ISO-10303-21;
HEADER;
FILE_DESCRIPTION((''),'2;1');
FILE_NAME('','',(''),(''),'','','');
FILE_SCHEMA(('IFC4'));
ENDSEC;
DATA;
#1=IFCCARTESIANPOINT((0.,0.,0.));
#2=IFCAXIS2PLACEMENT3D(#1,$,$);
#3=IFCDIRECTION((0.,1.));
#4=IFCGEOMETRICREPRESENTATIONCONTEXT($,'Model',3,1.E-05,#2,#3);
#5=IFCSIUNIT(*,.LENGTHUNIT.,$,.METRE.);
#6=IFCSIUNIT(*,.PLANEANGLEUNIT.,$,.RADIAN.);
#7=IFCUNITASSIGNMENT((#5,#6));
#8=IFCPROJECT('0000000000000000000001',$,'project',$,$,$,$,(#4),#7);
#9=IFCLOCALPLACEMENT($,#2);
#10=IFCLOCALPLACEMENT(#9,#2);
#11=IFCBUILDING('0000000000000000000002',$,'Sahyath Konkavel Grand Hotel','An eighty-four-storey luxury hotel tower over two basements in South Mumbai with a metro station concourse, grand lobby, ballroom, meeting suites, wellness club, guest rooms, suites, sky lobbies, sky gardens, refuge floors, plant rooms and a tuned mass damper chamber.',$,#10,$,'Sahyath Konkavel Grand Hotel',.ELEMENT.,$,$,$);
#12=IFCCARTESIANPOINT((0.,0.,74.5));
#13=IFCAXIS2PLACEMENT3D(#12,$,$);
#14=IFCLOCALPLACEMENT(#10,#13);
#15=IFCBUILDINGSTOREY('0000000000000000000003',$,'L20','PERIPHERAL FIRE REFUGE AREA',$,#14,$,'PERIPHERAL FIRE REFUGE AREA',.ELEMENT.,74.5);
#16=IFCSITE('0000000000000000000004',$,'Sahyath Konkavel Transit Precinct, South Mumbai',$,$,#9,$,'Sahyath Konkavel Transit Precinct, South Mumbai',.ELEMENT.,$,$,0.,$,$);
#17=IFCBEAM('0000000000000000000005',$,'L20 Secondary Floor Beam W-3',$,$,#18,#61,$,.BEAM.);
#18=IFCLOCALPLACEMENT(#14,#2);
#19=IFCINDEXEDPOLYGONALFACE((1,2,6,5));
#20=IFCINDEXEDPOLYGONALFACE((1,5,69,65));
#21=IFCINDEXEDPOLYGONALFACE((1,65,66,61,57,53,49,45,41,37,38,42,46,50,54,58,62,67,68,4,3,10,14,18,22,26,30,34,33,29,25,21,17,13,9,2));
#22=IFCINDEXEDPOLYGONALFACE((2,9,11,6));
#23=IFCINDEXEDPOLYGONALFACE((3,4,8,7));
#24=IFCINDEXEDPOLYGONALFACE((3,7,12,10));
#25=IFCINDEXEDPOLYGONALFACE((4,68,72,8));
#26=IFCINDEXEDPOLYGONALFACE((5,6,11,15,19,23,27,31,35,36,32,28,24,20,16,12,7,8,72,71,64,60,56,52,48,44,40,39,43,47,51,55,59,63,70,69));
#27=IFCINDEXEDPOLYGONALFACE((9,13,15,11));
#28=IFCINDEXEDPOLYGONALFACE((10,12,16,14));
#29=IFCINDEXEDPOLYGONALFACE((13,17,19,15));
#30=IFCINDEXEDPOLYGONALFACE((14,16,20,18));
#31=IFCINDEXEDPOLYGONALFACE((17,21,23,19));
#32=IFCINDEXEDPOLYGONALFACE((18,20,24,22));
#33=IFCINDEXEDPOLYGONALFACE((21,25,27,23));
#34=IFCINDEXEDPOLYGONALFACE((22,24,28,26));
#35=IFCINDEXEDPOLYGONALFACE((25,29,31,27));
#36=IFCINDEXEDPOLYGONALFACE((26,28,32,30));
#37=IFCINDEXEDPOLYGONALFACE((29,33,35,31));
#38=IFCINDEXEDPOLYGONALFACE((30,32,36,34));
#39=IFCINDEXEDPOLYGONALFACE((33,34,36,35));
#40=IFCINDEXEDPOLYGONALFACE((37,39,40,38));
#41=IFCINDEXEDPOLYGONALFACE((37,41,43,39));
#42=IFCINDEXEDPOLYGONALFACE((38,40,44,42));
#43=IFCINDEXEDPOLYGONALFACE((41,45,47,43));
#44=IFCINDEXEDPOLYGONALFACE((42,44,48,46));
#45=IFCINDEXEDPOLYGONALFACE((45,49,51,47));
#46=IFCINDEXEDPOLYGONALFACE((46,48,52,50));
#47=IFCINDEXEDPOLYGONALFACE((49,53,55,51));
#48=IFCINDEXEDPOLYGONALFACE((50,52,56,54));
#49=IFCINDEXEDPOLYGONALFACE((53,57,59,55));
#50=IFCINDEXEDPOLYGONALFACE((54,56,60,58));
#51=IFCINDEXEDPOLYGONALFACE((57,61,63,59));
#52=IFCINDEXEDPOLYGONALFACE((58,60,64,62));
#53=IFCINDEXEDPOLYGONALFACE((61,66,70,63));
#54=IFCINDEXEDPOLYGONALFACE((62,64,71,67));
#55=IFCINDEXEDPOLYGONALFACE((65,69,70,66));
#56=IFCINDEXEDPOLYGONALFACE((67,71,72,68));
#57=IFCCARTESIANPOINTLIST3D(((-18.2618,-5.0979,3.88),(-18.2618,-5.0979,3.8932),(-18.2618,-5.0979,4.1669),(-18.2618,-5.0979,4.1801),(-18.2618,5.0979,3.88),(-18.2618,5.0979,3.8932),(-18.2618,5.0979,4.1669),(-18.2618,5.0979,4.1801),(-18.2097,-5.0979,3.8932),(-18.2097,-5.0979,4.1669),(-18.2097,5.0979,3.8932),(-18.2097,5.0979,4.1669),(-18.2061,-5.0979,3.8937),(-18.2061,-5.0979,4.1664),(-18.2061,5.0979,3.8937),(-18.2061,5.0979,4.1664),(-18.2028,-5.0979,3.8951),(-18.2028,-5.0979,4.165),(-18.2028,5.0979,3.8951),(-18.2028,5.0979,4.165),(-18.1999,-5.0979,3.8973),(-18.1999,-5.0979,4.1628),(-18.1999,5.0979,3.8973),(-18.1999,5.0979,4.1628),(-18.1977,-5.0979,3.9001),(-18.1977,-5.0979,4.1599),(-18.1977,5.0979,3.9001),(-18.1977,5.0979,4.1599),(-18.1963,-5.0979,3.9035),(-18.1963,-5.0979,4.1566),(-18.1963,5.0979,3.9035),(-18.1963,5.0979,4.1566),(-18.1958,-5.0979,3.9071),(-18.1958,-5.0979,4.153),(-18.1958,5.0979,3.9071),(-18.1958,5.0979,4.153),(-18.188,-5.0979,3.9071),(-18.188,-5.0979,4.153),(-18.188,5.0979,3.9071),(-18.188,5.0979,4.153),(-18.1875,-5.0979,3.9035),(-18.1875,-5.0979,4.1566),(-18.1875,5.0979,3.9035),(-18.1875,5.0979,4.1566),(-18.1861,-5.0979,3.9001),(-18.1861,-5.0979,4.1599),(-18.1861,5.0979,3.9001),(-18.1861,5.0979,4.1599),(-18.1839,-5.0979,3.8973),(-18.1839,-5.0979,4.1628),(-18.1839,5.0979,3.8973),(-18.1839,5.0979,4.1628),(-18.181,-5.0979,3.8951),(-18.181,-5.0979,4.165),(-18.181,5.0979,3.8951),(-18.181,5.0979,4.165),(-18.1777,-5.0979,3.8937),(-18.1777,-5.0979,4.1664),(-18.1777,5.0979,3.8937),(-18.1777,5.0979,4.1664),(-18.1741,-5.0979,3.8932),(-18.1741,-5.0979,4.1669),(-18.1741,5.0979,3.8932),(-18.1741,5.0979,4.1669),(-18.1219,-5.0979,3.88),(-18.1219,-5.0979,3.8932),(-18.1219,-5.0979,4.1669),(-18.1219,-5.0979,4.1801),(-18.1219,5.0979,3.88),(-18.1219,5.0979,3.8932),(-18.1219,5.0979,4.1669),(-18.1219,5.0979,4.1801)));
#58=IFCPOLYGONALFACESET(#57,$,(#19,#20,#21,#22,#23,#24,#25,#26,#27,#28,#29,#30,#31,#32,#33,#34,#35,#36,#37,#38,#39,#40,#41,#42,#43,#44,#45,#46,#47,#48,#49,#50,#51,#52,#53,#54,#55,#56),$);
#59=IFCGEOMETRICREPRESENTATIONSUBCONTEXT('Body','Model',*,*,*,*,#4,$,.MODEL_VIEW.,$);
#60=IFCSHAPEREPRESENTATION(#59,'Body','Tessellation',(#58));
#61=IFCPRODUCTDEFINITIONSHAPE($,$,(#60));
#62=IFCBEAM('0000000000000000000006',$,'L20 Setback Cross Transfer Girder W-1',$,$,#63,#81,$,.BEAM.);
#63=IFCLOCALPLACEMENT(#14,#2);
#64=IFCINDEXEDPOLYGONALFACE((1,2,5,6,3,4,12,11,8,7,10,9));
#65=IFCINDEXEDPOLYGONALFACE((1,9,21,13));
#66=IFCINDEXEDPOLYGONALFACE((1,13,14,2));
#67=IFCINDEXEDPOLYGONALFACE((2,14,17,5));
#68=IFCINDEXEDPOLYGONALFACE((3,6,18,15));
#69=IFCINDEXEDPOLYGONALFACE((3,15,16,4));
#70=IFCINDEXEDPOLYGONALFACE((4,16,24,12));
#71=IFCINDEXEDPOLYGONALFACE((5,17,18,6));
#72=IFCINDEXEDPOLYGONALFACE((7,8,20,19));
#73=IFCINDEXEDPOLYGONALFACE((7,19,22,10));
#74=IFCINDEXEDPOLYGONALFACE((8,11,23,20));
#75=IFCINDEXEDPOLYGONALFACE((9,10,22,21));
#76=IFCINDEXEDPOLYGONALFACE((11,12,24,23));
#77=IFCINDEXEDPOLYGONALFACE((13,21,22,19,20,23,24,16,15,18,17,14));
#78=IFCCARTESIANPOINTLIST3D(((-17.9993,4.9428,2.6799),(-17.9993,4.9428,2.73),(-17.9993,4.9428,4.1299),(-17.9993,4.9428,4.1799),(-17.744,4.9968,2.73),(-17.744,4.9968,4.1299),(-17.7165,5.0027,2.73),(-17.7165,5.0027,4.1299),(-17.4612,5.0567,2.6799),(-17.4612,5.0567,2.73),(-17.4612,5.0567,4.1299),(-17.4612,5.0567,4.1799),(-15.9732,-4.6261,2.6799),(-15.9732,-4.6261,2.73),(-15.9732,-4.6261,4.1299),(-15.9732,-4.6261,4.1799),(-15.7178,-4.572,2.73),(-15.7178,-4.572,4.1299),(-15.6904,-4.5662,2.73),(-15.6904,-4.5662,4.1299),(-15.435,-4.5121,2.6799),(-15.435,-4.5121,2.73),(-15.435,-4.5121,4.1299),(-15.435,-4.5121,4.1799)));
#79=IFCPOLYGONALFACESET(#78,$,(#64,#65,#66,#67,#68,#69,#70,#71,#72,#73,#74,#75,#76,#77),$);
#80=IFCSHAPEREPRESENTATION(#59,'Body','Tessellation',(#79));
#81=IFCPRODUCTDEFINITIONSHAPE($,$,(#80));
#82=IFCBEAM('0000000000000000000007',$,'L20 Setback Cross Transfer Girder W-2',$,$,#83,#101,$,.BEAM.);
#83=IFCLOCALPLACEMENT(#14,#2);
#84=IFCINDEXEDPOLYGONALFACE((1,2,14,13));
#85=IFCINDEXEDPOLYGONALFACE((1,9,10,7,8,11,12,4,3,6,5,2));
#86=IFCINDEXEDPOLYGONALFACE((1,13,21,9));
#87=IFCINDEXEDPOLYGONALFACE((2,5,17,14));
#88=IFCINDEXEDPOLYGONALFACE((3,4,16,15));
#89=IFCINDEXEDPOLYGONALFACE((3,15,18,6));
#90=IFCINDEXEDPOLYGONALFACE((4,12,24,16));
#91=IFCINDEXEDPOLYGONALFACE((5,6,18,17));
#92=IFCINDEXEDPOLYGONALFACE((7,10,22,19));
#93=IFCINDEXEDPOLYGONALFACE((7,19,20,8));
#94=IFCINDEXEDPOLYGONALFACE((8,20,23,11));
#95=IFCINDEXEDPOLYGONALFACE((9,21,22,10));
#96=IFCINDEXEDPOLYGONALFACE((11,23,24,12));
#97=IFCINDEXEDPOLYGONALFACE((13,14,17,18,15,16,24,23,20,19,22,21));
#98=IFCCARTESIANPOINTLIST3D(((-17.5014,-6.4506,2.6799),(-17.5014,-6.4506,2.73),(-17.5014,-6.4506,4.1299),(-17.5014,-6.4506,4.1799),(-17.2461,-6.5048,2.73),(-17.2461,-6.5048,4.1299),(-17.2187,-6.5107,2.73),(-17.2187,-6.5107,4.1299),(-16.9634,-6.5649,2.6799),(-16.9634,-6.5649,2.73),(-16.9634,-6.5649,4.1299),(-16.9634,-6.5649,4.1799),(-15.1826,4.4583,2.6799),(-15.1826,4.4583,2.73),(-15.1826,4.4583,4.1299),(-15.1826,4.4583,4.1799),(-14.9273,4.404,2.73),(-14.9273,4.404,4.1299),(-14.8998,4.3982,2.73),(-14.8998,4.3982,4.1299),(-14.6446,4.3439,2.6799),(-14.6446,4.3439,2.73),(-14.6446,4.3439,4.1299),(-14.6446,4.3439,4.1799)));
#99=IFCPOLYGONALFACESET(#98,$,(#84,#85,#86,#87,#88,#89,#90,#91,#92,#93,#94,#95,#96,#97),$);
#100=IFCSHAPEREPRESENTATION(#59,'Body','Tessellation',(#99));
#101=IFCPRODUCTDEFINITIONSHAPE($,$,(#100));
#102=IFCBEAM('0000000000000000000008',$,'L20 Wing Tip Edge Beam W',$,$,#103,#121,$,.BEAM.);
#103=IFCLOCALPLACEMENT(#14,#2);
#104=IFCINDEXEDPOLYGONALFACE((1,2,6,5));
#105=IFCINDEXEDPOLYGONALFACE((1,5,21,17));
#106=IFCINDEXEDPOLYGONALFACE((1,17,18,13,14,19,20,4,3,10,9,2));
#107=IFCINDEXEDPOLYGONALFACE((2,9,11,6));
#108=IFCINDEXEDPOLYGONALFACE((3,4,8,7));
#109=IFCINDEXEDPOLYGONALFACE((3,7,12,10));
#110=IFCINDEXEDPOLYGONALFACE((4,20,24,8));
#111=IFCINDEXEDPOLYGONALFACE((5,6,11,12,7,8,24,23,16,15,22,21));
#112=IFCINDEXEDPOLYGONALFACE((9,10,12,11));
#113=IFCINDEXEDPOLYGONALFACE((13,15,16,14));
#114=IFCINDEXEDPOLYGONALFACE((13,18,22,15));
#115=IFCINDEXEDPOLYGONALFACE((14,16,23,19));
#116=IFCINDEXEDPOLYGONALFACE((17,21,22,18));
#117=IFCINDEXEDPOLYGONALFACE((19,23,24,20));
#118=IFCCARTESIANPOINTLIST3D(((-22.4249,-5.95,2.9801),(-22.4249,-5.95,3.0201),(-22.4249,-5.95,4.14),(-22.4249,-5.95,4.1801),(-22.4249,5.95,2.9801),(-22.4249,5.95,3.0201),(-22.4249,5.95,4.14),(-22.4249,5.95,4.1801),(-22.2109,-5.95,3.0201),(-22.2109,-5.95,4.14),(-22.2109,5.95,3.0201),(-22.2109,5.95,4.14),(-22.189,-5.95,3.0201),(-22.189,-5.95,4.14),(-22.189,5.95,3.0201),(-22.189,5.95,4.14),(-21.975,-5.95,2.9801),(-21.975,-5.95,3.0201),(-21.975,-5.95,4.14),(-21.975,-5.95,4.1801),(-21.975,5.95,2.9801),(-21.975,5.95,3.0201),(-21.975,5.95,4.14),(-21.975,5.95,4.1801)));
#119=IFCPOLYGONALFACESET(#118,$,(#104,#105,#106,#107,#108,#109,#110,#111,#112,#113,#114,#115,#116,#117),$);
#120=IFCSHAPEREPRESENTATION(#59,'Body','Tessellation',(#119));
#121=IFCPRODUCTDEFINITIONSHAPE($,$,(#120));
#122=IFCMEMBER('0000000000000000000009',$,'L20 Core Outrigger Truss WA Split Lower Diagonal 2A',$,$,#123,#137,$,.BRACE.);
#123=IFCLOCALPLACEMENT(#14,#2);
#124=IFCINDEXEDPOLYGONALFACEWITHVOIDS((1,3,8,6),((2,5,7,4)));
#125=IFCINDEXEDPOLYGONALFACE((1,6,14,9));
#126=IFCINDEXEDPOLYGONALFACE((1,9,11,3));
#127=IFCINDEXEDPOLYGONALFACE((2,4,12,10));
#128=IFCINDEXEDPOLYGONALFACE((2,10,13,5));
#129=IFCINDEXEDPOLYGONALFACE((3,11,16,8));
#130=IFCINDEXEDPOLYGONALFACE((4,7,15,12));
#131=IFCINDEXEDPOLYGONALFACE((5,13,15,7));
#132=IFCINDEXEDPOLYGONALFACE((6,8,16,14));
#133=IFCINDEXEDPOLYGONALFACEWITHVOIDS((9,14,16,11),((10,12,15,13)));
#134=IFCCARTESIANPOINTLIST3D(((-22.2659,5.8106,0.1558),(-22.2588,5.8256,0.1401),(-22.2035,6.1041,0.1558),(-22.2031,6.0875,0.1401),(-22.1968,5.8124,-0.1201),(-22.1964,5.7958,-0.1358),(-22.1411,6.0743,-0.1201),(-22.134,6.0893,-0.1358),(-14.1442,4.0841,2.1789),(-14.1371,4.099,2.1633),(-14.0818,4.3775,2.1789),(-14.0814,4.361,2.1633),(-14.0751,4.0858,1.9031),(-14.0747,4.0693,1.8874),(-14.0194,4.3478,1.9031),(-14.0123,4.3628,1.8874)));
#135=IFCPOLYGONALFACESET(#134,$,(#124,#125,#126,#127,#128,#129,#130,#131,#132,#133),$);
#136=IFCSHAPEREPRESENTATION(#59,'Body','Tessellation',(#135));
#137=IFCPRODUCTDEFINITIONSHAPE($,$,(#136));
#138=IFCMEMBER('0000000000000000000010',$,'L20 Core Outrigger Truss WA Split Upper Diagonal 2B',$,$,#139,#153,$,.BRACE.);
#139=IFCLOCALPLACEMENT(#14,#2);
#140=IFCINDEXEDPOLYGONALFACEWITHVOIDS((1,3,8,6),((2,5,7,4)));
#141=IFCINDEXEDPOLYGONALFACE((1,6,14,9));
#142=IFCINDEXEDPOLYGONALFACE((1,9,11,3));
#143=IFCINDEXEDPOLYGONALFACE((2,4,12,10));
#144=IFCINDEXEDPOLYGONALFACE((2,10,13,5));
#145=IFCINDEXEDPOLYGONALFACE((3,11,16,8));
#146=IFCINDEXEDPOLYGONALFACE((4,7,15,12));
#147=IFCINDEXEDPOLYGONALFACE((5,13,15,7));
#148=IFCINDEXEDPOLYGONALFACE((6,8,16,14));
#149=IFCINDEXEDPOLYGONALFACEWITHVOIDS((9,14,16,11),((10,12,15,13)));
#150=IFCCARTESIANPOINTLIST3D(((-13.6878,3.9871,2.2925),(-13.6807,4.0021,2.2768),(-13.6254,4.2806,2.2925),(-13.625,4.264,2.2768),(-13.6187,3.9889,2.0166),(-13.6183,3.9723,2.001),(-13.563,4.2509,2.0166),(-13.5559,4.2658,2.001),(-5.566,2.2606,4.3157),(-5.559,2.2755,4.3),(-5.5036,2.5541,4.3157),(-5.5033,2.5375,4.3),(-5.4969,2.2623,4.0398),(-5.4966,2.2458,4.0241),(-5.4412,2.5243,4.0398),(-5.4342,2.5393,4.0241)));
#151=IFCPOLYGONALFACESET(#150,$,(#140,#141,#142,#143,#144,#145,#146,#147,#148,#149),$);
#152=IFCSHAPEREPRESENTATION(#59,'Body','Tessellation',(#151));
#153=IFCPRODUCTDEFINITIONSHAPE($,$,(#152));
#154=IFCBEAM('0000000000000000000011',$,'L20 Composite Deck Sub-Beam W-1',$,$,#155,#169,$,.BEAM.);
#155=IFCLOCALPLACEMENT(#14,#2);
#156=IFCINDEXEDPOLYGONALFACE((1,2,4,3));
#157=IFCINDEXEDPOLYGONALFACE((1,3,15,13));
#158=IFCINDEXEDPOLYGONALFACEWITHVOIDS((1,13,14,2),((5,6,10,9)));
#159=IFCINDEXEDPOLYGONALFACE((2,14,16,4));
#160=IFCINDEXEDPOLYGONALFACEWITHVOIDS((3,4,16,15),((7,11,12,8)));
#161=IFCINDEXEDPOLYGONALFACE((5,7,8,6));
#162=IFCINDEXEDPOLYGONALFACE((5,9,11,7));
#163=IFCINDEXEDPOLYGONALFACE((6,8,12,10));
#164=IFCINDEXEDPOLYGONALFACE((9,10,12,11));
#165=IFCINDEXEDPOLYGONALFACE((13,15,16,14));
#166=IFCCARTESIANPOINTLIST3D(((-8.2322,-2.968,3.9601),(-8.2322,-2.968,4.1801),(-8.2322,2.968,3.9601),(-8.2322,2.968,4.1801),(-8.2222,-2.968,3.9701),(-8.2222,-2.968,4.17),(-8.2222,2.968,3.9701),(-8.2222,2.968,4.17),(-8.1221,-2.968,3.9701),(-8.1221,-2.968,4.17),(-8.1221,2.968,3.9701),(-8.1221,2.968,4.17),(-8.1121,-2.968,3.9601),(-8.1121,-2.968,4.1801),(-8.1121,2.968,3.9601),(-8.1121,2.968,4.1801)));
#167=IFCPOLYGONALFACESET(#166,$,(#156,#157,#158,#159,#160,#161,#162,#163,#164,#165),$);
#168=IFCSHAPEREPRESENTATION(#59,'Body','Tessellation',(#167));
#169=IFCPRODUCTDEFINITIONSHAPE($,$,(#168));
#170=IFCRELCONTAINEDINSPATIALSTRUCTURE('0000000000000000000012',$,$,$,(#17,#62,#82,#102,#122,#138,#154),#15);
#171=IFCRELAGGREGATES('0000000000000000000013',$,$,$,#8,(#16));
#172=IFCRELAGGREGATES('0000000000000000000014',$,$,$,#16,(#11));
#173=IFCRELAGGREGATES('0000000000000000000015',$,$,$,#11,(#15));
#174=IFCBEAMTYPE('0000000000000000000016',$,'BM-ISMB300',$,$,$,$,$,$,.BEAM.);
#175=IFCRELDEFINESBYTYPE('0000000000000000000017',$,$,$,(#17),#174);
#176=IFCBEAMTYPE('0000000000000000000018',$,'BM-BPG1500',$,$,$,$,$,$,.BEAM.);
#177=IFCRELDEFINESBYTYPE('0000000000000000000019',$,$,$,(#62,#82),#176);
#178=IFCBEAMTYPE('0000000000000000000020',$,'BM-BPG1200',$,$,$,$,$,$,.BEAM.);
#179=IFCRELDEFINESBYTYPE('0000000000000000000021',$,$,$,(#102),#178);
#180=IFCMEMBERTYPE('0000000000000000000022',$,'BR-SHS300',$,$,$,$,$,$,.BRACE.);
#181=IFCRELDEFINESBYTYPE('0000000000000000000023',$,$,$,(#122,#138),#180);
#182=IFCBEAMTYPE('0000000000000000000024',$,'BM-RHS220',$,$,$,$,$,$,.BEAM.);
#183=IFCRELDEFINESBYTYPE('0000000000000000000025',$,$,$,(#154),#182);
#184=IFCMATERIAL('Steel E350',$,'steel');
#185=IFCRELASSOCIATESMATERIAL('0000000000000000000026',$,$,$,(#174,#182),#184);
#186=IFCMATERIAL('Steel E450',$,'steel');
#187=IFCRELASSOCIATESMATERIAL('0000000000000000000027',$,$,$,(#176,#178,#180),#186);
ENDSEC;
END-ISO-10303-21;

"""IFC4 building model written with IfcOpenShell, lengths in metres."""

from ifc_helpers import new_model, si_unit, direction, frame, origin, origin_2d, place, context, subcontext, project, spatial, hollow_rectangle, i_section, extrude, source, transform, mapped, material, material_profile, profile_set, type_object, element, save


model = new_model("IFC4")

# Units and contexts
model_context = context("Model", 3, precision=1e-05, world=origin(), true_north=direction((0.0, 1.0)))
body_context = subcontext(model_context, "Body", "Model", "MODEL_VIEW")
ifc_project = project(units=[si_unit("LENGTHUNIT", "METRE"), si_unit("PLANEANGLEUNIT", "RADIAN")], contexts=[model_context])

# Site, building, storey
site_placement = place(None, origin())
site = spatial("IfcSite", under=ifc_project, at=site_placement, Name="Sahyath Konkavel Transit Precinct, South Mumbai", LongName="Sahyath Konkavel Transit Precinct, South Mumbai", CompositionType="ELEMENT", RefElevation=0.0)
building_placement = place(site_placement, origin())
building = spatial("IfcBuilding", under=site, at=building_placement, Name="Sahyath Konkavel Grand Hotel", Description="An eighty-four-storey luxury hotel tower over two basements in South Mumbai with a metro station concourse, grand lobby, ballroom, meeting suites, wellness club, guest rooms, suites, sky lobbies, sky gardens, refuge floors, plant rooms and a tuned mass damper chamber.", LongName="Sahyath Konkavel Grand Hotel", CompositionType="ELEMENT")
storey_placement = place(building_placement, frame((0.0, 0.0, 74.5)))
storey = spatial("IfcBuildingStorey", under=building, at=storey_placement, Name="L20", Description="PERIPHERAL FIRE REFUGE AREA", LongName="PERIPHERAL FIRE REFUGE AREA", CompositionType="ELEMENT", Elevation=74.5)

# Shared definitions
ifc_material_1 = material(Name="Steel E450", Category="steel")

# Beams
ifc_material_2 = material(Name="Steel E350", Category="steel")
ifc_material_profile_1 = material_profile(ifc_material_2, i_section(OverallWidth=0.1399, OverallDepth=0.3, WebThickness=0.0078, FlangeThickness=0.0132, FilletRadius=0.0139, at=origin_2d()), Name="ISMB 300")
ifc_profile_set_1 = profile_set([ifc_material_profile_1], Name="Steel E350")
beam_type_1 = type_object("IfcBeamType", Name="BM-ISMB300", PredefinedType="BEAM", material=ifc_profile_set_1)
shared_shape_1 = source(origin(), body_context, "Body", "SweptSolid", [
    extrude(i_section(OverallWidth=0.1399, OverallDepth=0.3, WebThickness=0.0078, FlangeThickness=0.0132, FilletRadius=0.0139, at=origin_2d()), origin(), (0.0, 0.0, 1.0), 10.1958),
])
beam_1_placement = place(storey_placement, frame((-18.1919, 5.0979, 4.03), z_axis=(0.0, -1.0, 0.0), x_axis=(1.0, 0.0, 0.0)))
element("IfcBeam", 1, at=beam_1_placement, inside=storey, type_object=beam_type_1, Name="L20 Secondary Floor Beam W-3", PredefinedType="BEAM", context=body_context, shape_type="MappedRepresentation", body=[
    mapped(shared_shape_1, transform((0.0, 0.0, 0.0), scale=1.0)),
])
ifc_material_profile_2 = material_profile(ifc_material_1, i_section(OverallWidth=0.55, OverallDepth=1.5, WebThickness=0.0281, FlangeThickness=0.05, at=origin_2d()), Name="BPG 1500x550")
ifc_profile_set_2 = profile_set([ifc_material_profile_2], Name="Steel E450")
beam_type_2 = type_object("IfcBeamType", Name="BM-BPG1500", PredefinedType="BEAM", material=ifc_profile_set_2)
shared_shape_2 = source(origin(), body_context, "Body", "SweptSolid", [
    extrude(i_section(OverallWidth=0.55, OverallDepth=1.5, WebThickness=0.0281, FlangeThickness=0.05, at=origin_2d()), origin(), (0.0, 0.0, 1.0), 9.781),
])
beam_2_placement = place(storey_placement, frame((-17.7302, 4.9998, 3.4299), z_axis=(0.207149, -0.978309, 0.0), x_axis=(0.978309, 0.207149, 0.0)))
element("IfcBeam", 2, at=beam_2_placement, inside=storey, type_object=beam_type_2, Name="L20 Setback Cross Transfer Girder W-1", PredefinedType="BEAM", context=body_context, shape_type="MappedRepresentation", body=[
    mapped(shared_shape_2, transform((0.0, 0.0, 0.0), scale=1.0)),
])
shared_shape_3 = source(origin(), body_context, "Body", "SweptSolid", [
    extrude(i_section(OverallWidth=0.55, OverallDepth=1.5, WebThickness=0.0281, FlangeThickness=0.05, at=origin_2d()), origin(), (0.0, 0.0, 1.0), 11.1526),
])
beam_3_placement = place(storey_placement, frame((-14.9136, 4.4011, 3.4299), z_axis=(-0.207919, -0.978146, 0.0), x_axis=(0.978146, -0.207919, 0.0)))
element("IfcBeam", 3, at=beam_3_placement, inside=storey, type_object=beam_type_2, Name="L20 Setback Cross Transfer Girder W-2", PredefinedType="BEAM", context=body_context, shape_type="MappedRepresentation", body=[
    mapped(shared_shape_3, transform((0.0, 0.0, 0.0), scale=1.0)),
])
ifc_material_profile_3 = material_profile(ifc_material_1, i_section(OverallWidth=0.45, OverallDepth=1.2, WebThickness=0.022, FlangeThickness=0.04, at=origin_2d()), Name="BPG 1200x450")
ifc_profile_set_3 = profile_set([ifc_material_profile_3], Name="Steel E450")
beam_type_3 = type_object("IfcBeamType", Name="BM-BPG1200", PredefinedType="BEAM", material=ifc_profile_set_3)
shared_shape_4 = source(origin(), body_context, "Body", "SweptSolid", [
    extrude(i_section(OverallWidth=0.45, OverallDepth=1.2, WebThickness=0.022, FlangeThickness=0.04, at=origin_2d()), origin(), (0.0, 0.0, 1.0), 11.8999),
])
beam_4_placement = place(storey_placement, frame((-22.2, 5.95, 3.5801), z_axis=(0.0, -1.0, 0.0), x_axis=(1.0, 0.0, 0.0)))
element("IfcBeam", 4, at=beam_4_placement, inside=storey, type_object=beam_type_3, Name="L20 Wing Tip Edge Beam W", PredefinedType="BEAM", context=body_context, shape_type="MappedRepresentation", body=[
    mapped(shared_shape_4, transform((0.0, 0.0, 0.0), scale=1.0)),
])

# Members
ifc_material_profile_4 = material_profile(ifc_material_1, hollow_rectangle(XDim=0.3, YDim=0.3, WallThickness=0.0161, at=origin_2d()), Name="SHS 300x300x16")
ifc_profile_set_4 = profile_set([ifc_material_profile_4], Name="Steel E450")
member_type = type_object("IfcMemberType", Name="BR-SHS300", PredefinedType="BRACE", material=ifc_profile_set_4)
shared_shape_5 = source(origin(), body_context, "Body", "SweptSolid", [
    extrude(hollow_rectangle(XDim=0.3, YDim=0.3, WallThickness=0.0161, at=origin_2d()), origin(), (0.0, 0.0, 1.0), 8.5461),
])
for number, where, z_axis, x_axis, name in (
    (5, (-22.2, 5.95, 0.01), (0.950338, -0.202026, 0.236735), (0.207936, 0.978142, 0.0), "L20 Core Outrigger Truss WA Split Lower Diagonal 2A"),
    (6, (-13.6218, 4.1265, 2.1467), (0.950338, -0.202026, 0.236735), (0.207936, 0.978142, 0.0), "L20 Core Outrigger Truss WA Split Upper Diagonal 2B"),
):
    element("IfcMember", number, at=place(storey_placement, frame(where, z_axis=z_axis, x_axis=x_axis)), inside=storey, type_object=member_type, Name=name, PredefinedType="BRACE", context=body_context, shape_type="MappedRepresentation", body=[
        mapped(shared_shape_5, transform((0.0, 0.0, 0.0), scale=1.0)),
    ])

# Beam
ifc_material_profile_5 = material_profile(ifc_material_2, hollow_rectangle(XDim=0.1201, YDim=0.22, WallThickness=0.01, at=origin_2d()), Name="RHS 220x120x10")
ifc_profile_set_5 = profile_set([ifc_material_profile_5], Name="Steel E350")
beam_type_4 = type_object("IfcBeamType", Name="BM-RHS220", PredefinedType="BEAM", material=ifc_profile_set_5)
shared_shape_6 = source(origin(), body_context, "Body", "SweptSolid", [
    extrude(hollow_rectangle(XDim=0.1201, YDim=0.22, WallThickness=0.01, at=origin_2d()), origin(), (0.0, 0.0, 1.0), 5.936),
])
beam_5_placement = place(storey_placement, frame((-8.1721, 2.968, 4.0701), z_axis=(0.0, -1.0, 0.0), x_axis=(1.0, 0.0, 0.0)))
element("IfcBeam", 7, at=beam_5_placement, inside=storey, type_object=beam_type_4, Name="L20 Composite Deck Sub-Beam W-1", PredefinedType="BEAM", context=body_context, shape_type="MappedRepresentation", body=[
    mapped(shared_shape_6, transform((0.0, 0.0, 0.0), scale=1.0)),
])

save(model, "model.ifc")
